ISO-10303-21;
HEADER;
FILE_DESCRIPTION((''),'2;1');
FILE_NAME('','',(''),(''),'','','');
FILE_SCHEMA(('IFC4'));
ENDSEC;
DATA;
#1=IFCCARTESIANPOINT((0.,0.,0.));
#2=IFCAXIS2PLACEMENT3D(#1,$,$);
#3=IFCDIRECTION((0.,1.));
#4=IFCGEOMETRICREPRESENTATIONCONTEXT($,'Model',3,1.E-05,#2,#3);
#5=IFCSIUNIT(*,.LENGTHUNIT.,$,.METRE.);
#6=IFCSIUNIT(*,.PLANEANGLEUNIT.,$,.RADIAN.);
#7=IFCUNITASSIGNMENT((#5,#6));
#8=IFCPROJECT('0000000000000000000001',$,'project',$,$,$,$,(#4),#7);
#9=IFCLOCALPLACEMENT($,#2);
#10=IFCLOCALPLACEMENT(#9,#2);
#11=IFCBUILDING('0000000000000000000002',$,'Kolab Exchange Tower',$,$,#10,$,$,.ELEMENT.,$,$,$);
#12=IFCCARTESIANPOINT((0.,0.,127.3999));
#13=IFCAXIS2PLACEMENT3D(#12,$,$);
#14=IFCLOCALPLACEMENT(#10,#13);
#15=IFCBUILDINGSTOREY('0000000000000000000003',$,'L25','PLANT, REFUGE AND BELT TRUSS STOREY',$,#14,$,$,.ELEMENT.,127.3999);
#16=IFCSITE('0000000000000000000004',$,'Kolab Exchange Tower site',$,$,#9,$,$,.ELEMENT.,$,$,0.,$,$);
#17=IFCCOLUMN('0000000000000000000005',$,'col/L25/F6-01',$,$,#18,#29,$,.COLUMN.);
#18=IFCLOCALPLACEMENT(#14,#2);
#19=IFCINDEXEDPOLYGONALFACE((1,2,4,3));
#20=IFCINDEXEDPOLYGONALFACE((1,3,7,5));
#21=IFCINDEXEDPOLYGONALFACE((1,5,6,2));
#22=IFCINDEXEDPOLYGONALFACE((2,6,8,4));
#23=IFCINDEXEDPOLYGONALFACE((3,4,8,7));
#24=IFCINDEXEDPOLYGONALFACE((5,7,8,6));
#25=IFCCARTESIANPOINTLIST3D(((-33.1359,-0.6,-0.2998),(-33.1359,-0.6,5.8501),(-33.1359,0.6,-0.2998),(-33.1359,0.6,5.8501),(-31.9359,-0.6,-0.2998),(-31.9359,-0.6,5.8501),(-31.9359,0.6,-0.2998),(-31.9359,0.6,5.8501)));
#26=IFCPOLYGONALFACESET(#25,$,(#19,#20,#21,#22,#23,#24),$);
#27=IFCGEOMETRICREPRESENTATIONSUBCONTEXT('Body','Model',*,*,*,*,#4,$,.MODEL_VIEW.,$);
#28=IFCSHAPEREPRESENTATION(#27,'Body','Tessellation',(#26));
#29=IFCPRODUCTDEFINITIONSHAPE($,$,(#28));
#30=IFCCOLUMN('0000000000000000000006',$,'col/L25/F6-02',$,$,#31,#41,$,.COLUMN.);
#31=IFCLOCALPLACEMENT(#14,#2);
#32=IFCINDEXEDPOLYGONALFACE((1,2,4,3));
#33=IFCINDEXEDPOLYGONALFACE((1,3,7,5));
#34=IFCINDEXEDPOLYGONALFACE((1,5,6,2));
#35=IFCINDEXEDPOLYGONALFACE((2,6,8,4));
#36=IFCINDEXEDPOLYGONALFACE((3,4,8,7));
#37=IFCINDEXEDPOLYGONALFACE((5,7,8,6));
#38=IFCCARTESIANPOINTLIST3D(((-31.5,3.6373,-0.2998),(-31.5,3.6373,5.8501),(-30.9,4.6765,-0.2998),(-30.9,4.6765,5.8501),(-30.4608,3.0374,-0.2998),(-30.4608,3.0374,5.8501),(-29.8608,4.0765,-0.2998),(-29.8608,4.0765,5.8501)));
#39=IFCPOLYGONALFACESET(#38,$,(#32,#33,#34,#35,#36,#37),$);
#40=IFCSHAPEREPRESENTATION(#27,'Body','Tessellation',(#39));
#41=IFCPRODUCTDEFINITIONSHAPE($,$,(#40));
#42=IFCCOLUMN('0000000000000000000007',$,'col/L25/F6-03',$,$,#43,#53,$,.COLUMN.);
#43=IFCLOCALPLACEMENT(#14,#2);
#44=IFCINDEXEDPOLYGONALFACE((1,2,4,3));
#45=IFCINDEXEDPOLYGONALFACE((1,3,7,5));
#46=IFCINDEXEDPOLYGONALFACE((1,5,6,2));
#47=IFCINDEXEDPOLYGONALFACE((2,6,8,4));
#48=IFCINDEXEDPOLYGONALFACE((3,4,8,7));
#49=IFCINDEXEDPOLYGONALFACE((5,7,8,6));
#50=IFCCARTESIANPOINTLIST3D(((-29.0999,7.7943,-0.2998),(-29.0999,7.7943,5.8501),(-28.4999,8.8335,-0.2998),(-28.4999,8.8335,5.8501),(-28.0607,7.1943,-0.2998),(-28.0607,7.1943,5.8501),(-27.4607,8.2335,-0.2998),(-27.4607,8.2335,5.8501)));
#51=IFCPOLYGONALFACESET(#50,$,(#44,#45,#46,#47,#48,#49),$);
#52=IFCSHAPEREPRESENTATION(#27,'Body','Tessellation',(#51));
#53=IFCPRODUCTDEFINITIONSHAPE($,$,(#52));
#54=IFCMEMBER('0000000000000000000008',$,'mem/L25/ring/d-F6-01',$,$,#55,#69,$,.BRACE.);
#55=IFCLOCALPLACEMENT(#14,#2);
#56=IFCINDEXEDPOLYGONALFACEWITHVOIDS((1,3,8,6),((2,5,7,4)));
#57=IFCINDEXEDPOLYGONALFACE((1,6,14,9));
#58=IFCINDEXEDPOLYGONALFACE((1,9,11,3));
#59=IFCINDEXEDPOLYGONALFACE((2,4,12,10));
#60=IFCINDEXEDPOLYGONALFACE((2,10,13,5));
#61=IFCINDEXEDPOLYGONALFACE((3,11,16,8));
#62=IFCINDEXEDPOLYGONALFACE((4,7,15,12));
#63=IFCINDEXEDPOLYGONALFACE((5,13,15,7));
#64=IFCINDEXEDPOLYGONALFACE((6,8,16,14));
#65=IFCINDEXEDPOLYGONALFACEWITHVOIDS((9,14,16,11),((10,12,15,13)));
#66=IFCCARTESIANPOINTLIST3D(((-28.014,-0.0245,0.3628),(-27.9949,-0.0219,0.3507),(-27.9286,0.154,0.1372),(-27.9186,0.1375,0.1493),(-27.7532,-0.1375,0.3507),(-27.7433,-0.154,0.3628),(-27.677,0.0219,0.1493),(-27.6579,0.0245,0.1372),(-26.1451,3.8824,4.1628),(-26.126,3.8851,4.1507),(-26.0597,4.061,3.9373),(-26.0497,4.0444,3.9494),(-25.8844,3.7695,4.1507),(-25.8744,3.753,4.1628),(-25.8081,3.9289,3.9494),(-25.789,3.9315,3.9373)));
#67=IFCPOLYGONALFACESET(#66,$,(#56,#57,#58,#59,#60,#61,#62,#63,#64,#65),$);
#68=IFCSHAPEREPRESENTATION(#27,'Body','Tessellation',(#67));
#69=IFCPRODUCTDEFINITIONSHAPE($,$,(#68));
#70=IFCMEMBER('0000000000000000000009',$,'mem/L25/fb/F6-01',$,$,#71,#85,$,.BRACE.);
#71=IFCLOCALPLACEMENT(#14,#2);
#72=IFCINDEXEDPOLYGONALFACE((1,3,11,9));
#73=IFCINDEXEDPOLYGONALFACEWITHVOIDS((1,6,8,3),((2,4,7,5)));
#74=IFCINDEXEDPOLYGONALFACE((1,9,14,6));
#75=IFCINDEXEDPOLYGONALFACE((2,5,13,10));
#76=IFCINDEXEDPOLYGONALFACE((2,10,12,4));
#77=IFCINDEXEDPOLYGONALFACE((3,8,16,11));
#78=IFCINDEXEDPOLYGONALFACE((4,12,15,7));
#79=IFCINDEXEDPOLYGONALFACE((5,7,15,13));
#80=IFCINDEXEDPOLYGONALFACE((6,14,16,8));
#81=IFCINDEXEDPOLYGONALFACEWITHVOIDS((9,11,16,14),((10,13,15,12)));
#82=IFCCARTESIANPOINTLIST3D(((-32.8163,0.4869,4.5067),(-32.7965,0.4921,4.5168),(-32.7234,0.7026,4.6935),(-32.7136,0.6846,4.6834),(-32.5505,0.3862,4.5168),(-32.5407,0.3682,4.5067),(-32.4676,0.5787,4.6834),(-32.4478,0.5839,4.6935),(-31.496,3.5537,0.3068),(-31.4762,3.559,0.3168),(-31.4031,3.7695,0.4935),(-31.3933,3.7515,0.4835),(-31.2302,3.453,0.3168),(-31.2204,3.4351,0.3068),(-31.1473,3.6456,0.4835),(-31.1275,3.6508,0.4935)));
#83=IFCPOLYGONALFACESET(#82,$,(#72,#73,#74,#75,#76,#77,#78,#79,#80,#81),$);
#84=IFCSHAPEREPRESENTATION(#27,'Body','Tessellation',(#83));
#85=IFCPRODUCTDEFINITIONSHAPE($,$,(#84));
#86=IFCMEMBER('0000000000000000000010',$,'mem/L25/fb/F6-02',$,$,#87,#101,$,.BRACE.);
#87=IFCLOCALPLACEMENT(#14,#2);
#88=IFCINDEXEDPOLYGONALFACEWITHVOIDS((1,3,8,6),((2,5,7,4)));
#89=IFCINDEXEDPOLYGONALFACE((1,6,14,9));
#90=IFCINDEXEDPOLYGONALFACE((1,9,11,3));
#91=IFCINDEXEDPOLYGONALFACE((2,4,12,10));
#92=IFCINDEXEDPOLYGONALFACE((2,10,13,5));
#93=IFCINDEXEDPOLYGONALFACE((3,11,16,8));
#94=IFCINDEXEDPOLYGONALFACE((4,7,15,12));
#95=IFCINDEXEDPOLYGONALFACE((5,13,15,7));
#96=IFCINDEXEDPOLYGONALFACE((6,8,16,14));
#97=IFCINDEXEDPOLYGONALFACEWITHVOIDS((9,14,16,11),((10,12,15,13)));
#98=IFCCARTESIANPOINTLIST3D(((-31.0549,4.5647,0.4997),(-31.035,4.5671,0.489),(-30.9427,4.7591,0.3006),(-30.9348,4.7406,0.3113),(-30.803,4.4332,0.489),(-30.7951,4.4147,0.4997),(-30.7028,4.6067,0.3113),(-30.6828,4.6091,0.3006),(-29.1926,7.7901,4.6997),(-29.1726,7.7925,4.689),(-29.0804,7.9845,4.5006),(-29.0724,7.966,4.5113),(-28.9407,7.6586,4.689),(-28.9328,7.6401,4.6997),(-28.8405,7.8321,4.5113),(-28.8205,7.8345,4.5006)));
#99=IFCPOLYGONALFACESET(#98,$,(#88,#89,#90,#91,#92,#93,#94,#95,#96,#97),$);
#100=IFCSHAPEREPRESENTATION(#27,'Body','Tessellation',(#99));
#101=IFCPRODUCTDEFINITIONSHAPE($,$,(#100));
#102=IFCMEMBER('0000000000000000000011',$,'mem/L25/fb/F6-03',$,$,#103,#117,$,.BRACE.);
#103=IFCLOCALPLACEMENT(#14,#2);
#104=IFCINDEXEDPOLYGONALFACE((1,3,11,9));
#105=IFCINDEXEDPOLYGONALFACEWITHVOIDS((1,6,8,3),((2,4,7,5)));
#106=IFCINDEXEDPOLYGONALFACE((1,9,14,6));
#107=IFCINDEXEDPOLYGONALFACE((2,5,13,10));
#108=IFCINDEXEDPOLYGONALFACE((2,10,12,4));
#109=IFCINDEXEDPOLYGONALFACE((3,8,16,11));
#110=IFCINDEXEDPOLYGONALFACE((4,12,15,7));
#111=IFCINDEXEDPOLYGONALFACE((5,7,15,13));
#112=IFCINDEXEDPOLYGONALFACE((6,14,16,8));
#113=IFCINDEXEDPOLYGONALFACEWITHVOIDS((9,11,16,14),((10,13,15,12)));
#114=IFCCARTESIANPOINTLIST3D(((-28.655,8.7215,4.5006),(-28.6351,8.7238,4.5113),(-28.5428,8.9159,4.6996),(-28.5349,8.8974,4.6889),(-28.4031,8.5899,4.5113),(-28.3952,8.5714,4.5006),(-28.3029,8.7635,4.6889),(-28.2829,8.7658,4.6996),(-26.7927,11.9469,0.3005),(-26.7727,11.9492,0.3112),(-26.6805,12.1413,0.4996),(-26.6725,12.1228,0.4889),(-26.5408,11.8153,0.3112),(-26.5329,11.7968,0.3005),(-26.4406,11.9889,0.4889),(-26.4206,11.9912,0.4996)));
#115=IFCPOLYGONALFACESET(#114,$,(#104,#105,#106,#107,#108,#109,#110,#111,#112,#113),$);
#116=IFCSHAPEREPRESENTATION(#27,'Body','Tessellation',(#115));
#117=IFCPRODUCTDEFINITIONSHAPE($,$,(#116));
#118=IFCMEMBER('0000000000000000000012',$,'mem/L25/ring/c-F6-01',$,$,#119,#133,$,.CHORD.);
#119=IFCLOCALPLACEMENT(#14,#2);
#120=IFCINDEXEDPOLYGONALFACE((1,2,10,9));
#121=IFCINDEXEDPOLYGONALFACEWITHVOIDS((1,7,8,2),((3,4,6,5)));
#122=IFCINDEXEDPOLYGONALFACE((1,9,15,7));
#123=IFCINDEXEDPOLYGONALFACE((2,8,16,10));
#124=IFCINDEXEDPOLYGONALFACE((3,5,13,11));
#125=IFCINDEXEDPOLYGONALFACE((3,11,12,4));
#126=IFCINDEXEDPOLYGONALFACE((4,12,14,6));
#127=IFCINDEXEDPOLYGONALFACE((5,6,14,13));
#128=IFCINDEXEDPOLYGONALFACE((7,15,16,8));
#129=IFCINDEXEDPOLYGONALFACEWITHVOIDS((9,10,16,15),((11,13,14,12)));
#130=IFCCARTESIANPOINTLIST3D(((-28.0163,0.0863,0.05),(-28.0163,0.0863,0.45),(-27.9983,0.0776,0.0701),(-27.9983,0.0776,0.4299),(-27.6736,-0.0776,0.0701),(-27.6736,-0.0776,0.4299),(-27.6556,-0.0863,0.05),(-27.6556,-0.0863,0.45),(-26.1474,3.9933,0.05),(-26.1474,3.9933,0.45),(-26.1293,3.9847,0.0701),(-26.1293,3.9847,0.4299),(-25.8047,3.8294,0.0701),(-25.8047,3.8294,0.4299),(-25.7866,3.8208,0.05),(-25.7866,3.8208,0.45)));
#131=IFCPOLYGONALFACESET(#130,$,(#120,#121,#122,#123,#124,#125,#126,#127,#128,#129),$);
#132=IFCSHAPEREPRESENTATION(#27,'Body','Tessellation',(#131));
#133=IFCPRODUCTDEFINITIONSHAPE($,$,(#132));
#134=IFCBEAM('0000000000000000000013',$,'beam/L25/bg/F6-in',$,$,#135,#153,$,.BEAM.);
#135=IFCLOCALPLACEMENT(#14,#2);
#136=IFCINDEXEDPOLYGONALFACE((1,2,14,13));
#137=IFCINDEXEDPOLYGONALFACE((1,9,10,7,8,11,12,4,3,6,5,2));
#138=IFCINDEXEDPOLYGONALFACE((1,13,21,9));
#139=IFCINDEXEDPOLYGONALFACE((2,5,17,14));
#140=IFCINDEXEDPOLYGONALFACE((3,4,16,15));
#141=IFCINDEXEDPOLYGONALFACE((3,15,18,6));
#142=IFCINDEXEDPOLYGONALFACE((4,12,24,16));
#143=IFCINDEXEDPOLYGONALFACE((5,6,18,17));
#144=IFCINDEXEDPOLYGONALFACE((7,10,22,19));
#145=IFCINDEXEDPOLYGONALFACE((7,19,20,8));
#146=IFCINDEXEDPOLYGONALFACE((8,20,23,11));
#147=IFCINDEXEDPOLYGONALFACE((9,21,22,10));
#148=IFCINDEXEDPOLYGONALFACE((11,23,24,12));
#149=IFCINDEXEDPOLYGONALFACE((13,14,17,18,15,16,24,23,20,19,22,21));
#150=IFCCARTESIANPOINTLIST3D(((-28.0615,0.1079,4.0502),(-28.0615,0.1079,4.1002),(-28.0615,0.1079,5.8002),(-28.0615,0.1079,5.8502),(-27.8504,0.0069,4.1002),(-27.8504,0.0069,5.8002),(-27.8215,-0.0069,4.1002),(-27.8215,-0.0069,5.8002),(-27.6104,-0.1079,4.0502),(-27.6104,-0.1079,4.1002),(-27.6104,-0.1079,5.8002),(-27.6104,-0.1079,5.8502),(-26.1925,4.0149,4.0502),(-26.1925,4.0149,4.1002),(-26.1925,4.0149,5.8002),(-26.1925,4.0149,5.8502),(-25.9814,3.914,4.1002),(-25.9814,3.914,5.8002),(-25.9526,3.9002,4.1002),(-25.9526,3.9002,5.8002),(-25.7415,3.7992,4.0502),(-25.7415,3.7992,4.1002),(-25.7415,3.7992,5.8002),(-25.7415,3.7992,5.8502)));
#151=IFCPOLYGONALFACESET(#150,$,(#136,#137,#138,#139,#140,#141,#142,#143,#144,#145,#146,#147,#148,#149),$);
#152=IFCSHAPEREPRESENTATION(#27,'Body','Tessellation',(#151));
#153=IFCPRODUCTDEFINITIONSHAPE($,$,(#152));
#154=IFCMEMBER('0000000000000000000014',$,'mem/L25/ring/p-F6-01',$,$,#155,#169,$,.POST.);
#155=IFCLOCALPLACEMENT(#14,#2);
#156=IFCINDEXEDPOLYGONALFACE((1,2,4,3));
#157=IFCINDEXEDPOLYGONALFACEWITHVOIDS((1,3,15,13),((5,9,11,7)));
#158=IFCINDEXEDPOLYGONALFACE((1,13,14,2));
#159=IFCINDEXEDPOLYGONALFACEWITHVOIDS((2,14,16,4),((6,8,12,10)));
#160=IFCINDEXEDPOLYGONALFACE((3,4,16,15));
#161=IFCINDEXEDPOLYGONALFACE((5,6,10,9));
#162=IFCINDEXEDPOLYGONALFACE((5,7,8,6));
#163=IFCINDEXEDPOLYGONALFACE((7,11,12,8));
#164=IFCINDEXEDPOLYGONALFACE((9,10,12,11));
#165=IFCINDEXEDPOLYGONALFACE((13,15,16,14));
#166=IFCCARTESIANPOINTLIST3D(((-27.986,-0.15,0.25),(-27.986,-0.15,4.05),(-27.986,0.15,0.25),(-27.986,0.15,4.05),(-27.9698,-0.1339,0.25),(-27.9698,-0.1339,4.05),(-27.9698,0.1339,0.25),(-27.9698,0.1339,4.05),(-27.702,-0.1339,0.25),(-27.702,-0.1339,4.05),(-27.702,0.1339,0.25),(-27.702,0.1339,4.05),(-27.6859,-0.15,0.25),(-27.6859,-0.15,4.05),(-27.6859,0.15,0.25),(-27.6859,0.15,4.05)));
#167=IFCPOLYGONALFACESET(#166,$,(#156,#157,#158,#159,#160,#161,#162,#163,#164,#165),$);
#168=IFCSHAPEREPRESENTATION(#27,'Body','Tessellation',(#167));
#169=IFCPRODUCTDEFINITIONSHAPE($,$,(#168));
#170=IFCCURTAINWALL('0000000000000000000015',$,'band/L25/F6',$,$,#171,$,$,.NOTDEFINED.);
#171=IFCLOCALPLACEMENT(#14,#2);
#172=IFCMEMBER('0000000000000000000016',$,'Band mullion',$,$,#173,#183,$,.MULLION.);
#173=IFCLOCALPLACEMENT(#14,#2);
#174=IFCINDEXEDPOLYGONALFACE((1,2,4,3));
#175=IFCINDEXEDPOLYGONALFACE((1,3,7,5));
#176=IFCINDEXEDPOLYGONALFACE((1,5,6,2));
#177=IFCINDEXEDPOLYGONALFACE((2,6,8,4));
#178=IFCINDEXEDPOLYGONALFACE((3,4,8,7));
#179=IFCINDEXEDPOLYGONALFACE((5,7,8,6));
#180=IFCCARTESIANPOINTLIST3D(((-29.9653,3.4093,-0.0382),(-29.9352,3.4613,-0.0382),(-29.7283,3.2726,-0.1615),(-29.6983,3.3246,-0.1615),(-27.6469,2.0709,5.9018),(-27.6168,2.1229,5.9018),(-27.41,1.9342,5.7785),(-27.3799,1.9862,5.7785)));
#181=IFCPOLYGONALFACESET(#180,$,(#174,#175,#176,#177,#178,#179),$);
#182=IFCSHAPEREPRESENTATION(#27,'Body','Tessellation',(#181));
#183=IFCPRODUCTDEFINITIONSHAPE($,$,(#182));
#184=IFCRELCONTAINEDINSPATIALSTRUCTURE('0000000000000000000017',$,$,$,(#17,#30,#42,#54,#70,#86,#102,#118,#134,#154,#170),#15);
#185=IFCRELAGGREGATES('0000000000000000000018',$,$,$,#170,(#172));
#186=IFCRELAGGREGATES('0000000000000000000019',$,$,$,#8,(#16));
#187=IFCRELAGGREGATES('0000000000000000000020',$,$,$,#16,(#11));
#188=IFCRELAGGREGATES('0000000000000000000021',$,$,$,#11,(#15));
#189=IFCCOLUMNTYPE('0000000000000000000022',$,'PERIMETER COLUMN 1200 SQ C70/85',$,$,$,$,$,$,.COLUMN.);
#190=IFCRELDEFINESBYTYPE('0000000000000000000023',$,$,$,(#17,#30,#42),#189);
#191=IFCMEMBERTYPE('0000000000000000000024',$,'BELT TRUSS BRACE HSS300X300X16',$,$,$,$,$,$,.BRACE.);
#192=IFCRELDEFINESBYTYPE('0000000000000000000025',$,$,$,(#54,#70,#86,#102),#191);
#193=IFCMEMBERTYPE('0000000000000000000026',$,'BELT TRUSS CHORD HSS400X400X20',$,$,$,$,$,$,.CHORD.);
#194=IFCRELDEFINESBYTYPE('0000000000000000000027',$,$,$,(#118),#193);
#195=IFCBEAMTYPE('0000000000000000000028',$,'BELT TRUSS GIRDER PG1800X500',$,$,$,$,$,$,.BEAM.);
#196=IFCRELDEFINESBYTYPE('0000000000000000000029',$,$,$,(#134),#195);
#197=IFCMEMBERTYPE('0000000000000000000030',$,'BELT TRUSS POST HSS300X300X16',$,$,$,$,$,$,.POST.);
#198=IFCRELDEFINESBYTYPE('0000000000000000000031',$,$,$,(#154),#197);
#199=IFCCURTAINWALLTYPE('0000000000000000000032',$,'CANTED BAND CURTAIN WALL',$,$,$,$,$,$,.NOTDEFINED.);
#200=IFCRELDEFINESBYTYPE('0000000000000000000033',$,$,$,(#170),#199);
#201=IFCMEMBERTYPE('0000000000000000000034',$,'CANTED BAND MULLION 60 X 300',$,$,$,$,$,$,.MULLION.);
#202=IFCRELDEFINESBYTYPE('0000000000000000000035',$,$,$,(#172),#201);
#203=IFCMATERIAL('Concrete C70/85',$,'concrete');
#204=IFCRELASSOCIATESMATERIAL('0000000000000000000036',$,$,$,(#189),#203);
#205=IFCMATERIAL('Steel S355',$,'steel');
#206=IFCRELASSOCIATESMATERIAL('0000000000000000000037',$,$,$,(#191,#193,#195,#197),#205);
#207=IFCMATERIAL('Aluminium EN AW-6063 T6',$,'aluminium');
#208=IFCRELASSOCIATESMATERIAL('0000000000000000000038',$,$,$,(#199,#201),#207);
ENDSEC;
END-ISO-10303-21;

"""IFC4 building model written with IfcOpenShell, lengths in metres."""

from ifc_helpers import new_model, si_unit, direction, frame, origin, origin_2d, place, context, subcontext, project, spatial, rectangle, hollow_rectangle, i_section, extrude, material, material_profile, profile_set, type_object, element, aggregate, save


model = new_model("IFC4")

# Units and contexts
model_context = context("Model", 3, precision=1e-05, world=origin(), true_north=direction((0.0, 1.0)))
body_context = subcontext(model_context, "Body", "Model", "MODEL_VIEW")
ifc_project = project(units=[si_unit("LENGTHUNIT", "METRE"), si_unit("PLANEANGLEUNIT", "RADIAN")], contexts=[model_context])

# Site, building, storey
site_placement = place(None, origin())
site = spatial("IfcSite", under=ifc_project, at=site_placement, Name="Kolab Exchange Tower site", CompositionType="ELEMENT", RefElevation=0.0)
building_placement = place(site_placement, origin())
building = spatial("IfcBuilding", under=site, at=building_placement, Name="Kolab Exchange Tower", CompositionType="ELEMENT")
storey_placement = place(building_placement, frame((0.0, 0.0, 127.3999)))
storey = spatial("IfcBuildingStorey", under=building, at=storey_placement, Name="L25", Description="PLANT, REFUGE AND BELT TRUSS STOREY", CompositionType="ELEMENT", Elevation=127.3999)

# Columns
ifc_material_1 = material(Name="Concrete C70/85", Category="concrete")
ifc_material_profile_1 = material_profile(ifc_material_1, rectangle(XDim=1.2, YDim=1.2, at=origin_2d()), Name="RC1200")
ifc_profile_set_1 = profile_set([ifc_material_profile_1], Name="Concrete C70/85")
column_type = type_object("IfcColumnType", Name="PERIMETER COLUMN 1200 SQ C70/85", PredefinedType="COLUMN", material=ifc_profile_set_1)
for number, where, z_axis, x_axis, name in (
    (1, (-32.5359, 0.0, -0.2998), (0.0, 0.0, 1.0), (1.0, 0.0, 0.0), "col/L25/F6-01"),
    (2, (-30.6804, 3.8569, -0.2998), (0.0, 0.0, 1.0), (0.5, 0.866025, 0.0), "col/L25/F6-02"),
    (3, (-28.2803, 8.0139, -0.2998), (0.0, 0.0, 1.0), (0.5, 0.866025, 0.0), "col/L25/F6-03"),
):
    element("IfcColumn", number, at=place(storey_placement, frame(where, z_axis=z_axis, x_axis=x_axis)), inside=storey, type_object=column_type, Name=name, PredefinedType="COLUMN", context=body_context, shape_type="SweptSolid", body=[
        extrude(rectangle(XDim=1.2, YDim=1.2, at=origin_2d()), origin(), (0.0, 0.0, 1.0), 6.1499),
    ])

# Members
ifc_material_2 = material(Name="Steel S355", Category="steel")
ifc_material_profile_2 = material_profile(ifc_material_2, hollow_rectangle(XDim=0.3, YDim=0.3, WallThickness=0.0161, at=origin_2d()), Name="HSS300X300X16")
ifc_profile_set_2 = profile_set([ifc_material_profile_2], Name="Steel S355")
member_type_1 = type_object("IfcMemberType", Name="BELT TRUSS BRACE HSS300X300X16", PredefinedType="BRACE", material=ifc_profile_set_2)
member_1_placement = place(storey_placement, frame((-27.8359, 0.0, 0.25), z_axis=(0.324363, 0.678091, 0.659531), x_axis=(-0.902104, 0.431519, 0.0)))
element("IfcMember", 4, at=member_1_placement, inside=storey, type_object=member_type_1, Name="mem/L25/ring/d-F6-01", PredefinedType="BRACE", context=body_context, shape_type="SweptSolid", body=[
    extrude(hollow_rectangle(XDim=0.3, YDim=0.3, WallThickness=0.0161, at=origin_2d()), origin(), (0.0, 0.0, 1.0), 5.7617),
])
member_2_placement = place(storey_placement, frame((-32.6321, 0.5354, 4.6001), z_axis=(0.246074, 0.571595, -0.782769), x_axis=(-0.918501, 0.395419, 0.0)))
element("IfcMember", 5, at=member_2_placement, inside=storey, type_object=member_type_1, Name="mem/L25/fb/F6-01", PredefinedType="BRACE", context=body_context, shape_type="SweptSolid", body=[
    extrude(hollow_rectangle(XDim=0.3, YDim=0.3, WallThickness=0.0161, at=origin_2d()), origin(), (0.0, 0.0, 1.0), 5.3655),
])
for number, where, z_axis, x_axis, name in (
    (6, (-30.8689, 4.5869, 0.4001), (0.331759, 0.574576, 0.748197), (-0.866008, 0.500031, 0.0), "mem/L25/fb/F6-02"),
    (7, (-28.469, 8.7437, 4.6001), (0.331759, 0.574576, -0.748197), (-0.866008, 0.500031, 0.0), "mem/L25/fb/F6-03"),
):
    element("IfcMember", number, at=place(storey_placement, frame(where, z_axis=z_axis, x_axis=x_axis)), inside=storey, type_object=member_type_1, Name=name, PredefinedType="BRACE", context=body_context, shape_type="SweptSolid", body=[
        extrude(hollow_rectangle(XDim=0.3, YDim=0.3, WallThickness=0.0161, at=origin_2d()), origin(), (0.0, 0.0, 1.0), 5.6135),
    ])
ifc_material_profile_3 = material_profile(ifc_material_2, hollow_rectangle(XDim=0.3999, YDim=0.3999, WallThickness=0.02, at=origin_2d()), Name="HSS400X400X20")
ifc_profile_set_3 = profile_set([ifc_material_profile_3], Name="Steel S355")
member_type_2 = type_object("IfcMemberType", Name="BELT TRUSS CHORD HSS400X400X20", PredefinedType="CHORD", material=ifc_profile_set_3)
member_3_placement = place(storey_placement, frame((-27.8359, 0.0, 0.25), z_axis=(0.431519, 0.902104, 0.0), x_axis=(-0.902104, 0.431519, 0.0)))
element("IfcMember", 8, at=member_3_placement, inside=storey, type_object=member_type_2, Name="mem/L25/ring/c-F6-01", PredefinedType="CHORD", context=body_context, shape_type="SweptSolid", body=[
    extrude(hollow_rectangle(XDim=0.3999, YDim=0.3999, WallThickness=0.02, at=origin_2d()), origin(), (0.0, 0.0, 1.0), 4.3311),
])

# Beam
ifc_material_profile_4 = material_profile(ifc_material_2, i_section(OverallWidth=0.5, OverallDepth=1.8, WebThickness=0.032, FlangeThickness=0.05, at=origin_2d()), Name="PG1800X500")
ifc_profile_set_4 = profile_set([ifc_material_profile_4], Name="Steel S355")
beam_type_1 = type_object("IfcBeamType", Name="BELT TRUSS GIRDER PG1800X500", PredefinedType="BEAM", material=ifc_profile_set_4)
beam_1_placement = place(storey_placement, frame((-27.8359, 0.0, 4.9502), z_axis=(0.431519, 0.902104, 0.0), x_axis=(-0.902104, 0.431519, 0.0)))
element("IfcBeam", 9, at=beam_1_placement, inside=storey, type_object=beam_type_1, Name="beam/L25/bg/F6-in", PredefinedType="BEAM", context=body_context, shape_type="SweptSolid", body=[
    extrude(i_section(OverallWidth=0.5, OverallDepth=1.8, WebThickness=0.032, FlangeThickness=0.05, at=origin_2d()), origin(), (0.0, 0.0, 1.0), 4.3311),
])

# Member
ifc_material_profile_5 = material_profile(ifc_material_2, hollow_rectangle(XDim=0.3, YDim=0.3, WallThickness=0.0161, at=origin_2d()), Name="HSS300X300X16")
ifc_profile_set_5 = profile_set([ifc_material_profile_5], Name="Steel S355")
member_type_3 = type_object("IfcMemberType", Name="BELT TRUSS POST HSS300X300X16", PredefinedType="POST", material=ifc_profile_set_5)
member_4_placement = place(storey_placement, frame((-27.8359, 0.0, 0.25), z_axis=(0.0, 0.0, 1.0), x_axis=(1.0, 0.0, 0.0)))
element("IfcMember", 10, at=member_4_placement, inside=storey, type_object=member_type_3, Name="mem/L25/ring/p-F6-01", PredefinedType="POST", context=body_context, shape_type="SweptSolid", body=[
    extrude(hollow_rectangle(XDim=0.3, YDim=0.3, WallThickness=0.0161, at=origin_2d()), origin(), (0.0, 0.0, 1.0), 3.8),
])

# Curtain wall, member
ifc_material_3 = material(Name="Aluminium EN AW-6063 T6", Category="aluminium")
curtain_wall_type_1 = type_object("IfcCurtainWallType", Name="CANTED BAND CURTAIN WALL", PredefinedType="NOTDEFINED", material=ifc_material_3)
curtain_wall_1_placement = place(storey_placement, origin())
curtain_wall_1 = element("IfcCurtainWall", 11, at=curtain_wall_1_placement, inside=storey, type_object=curtain_wall_type_1, Name="band/L25/F6", PredefinedType="NOTDEFINED")
ifc_material_profile_6 = material_profile(ifc_material_3, rectangle(XDim=0.0601, YDim=0.3, at=origin_2d()), Name="RECT 60X300")
ifc_profile_set_6 = profile_set([ifc_material_profile_6], Name="Aluminium EN AW-6063 T6")
member_type_4 = type_object("IfcMemberType", Name="CANTED BAND MULLION 60 X 300", PredefinedType="MULLION", material=ifc_profile_set_6)
member_5_placement = place(storey_placement, frame((-29.8318, 3.3669, -0.0999), z_axis=(0.355834, -0.205421, 0.911693), x_axis=(0.499965, 0.866046, 0.0)))
member_5 = element("IfcMember", 12, at=member_5_placement, type_object=member_type_4, Name="Band mullion", PredefinedType="MULLION", context=body_context, shape_type="SweptSolid", body=[
    extrude(rectangle(XDim=0.0601, YDim=0.3, at=origin_2d()), origin(), (0.0, 0.0, 1.0), 6.5154),
])

aggregate(curtain_wall_1, [member_5])

save(model, "model.ifc")
